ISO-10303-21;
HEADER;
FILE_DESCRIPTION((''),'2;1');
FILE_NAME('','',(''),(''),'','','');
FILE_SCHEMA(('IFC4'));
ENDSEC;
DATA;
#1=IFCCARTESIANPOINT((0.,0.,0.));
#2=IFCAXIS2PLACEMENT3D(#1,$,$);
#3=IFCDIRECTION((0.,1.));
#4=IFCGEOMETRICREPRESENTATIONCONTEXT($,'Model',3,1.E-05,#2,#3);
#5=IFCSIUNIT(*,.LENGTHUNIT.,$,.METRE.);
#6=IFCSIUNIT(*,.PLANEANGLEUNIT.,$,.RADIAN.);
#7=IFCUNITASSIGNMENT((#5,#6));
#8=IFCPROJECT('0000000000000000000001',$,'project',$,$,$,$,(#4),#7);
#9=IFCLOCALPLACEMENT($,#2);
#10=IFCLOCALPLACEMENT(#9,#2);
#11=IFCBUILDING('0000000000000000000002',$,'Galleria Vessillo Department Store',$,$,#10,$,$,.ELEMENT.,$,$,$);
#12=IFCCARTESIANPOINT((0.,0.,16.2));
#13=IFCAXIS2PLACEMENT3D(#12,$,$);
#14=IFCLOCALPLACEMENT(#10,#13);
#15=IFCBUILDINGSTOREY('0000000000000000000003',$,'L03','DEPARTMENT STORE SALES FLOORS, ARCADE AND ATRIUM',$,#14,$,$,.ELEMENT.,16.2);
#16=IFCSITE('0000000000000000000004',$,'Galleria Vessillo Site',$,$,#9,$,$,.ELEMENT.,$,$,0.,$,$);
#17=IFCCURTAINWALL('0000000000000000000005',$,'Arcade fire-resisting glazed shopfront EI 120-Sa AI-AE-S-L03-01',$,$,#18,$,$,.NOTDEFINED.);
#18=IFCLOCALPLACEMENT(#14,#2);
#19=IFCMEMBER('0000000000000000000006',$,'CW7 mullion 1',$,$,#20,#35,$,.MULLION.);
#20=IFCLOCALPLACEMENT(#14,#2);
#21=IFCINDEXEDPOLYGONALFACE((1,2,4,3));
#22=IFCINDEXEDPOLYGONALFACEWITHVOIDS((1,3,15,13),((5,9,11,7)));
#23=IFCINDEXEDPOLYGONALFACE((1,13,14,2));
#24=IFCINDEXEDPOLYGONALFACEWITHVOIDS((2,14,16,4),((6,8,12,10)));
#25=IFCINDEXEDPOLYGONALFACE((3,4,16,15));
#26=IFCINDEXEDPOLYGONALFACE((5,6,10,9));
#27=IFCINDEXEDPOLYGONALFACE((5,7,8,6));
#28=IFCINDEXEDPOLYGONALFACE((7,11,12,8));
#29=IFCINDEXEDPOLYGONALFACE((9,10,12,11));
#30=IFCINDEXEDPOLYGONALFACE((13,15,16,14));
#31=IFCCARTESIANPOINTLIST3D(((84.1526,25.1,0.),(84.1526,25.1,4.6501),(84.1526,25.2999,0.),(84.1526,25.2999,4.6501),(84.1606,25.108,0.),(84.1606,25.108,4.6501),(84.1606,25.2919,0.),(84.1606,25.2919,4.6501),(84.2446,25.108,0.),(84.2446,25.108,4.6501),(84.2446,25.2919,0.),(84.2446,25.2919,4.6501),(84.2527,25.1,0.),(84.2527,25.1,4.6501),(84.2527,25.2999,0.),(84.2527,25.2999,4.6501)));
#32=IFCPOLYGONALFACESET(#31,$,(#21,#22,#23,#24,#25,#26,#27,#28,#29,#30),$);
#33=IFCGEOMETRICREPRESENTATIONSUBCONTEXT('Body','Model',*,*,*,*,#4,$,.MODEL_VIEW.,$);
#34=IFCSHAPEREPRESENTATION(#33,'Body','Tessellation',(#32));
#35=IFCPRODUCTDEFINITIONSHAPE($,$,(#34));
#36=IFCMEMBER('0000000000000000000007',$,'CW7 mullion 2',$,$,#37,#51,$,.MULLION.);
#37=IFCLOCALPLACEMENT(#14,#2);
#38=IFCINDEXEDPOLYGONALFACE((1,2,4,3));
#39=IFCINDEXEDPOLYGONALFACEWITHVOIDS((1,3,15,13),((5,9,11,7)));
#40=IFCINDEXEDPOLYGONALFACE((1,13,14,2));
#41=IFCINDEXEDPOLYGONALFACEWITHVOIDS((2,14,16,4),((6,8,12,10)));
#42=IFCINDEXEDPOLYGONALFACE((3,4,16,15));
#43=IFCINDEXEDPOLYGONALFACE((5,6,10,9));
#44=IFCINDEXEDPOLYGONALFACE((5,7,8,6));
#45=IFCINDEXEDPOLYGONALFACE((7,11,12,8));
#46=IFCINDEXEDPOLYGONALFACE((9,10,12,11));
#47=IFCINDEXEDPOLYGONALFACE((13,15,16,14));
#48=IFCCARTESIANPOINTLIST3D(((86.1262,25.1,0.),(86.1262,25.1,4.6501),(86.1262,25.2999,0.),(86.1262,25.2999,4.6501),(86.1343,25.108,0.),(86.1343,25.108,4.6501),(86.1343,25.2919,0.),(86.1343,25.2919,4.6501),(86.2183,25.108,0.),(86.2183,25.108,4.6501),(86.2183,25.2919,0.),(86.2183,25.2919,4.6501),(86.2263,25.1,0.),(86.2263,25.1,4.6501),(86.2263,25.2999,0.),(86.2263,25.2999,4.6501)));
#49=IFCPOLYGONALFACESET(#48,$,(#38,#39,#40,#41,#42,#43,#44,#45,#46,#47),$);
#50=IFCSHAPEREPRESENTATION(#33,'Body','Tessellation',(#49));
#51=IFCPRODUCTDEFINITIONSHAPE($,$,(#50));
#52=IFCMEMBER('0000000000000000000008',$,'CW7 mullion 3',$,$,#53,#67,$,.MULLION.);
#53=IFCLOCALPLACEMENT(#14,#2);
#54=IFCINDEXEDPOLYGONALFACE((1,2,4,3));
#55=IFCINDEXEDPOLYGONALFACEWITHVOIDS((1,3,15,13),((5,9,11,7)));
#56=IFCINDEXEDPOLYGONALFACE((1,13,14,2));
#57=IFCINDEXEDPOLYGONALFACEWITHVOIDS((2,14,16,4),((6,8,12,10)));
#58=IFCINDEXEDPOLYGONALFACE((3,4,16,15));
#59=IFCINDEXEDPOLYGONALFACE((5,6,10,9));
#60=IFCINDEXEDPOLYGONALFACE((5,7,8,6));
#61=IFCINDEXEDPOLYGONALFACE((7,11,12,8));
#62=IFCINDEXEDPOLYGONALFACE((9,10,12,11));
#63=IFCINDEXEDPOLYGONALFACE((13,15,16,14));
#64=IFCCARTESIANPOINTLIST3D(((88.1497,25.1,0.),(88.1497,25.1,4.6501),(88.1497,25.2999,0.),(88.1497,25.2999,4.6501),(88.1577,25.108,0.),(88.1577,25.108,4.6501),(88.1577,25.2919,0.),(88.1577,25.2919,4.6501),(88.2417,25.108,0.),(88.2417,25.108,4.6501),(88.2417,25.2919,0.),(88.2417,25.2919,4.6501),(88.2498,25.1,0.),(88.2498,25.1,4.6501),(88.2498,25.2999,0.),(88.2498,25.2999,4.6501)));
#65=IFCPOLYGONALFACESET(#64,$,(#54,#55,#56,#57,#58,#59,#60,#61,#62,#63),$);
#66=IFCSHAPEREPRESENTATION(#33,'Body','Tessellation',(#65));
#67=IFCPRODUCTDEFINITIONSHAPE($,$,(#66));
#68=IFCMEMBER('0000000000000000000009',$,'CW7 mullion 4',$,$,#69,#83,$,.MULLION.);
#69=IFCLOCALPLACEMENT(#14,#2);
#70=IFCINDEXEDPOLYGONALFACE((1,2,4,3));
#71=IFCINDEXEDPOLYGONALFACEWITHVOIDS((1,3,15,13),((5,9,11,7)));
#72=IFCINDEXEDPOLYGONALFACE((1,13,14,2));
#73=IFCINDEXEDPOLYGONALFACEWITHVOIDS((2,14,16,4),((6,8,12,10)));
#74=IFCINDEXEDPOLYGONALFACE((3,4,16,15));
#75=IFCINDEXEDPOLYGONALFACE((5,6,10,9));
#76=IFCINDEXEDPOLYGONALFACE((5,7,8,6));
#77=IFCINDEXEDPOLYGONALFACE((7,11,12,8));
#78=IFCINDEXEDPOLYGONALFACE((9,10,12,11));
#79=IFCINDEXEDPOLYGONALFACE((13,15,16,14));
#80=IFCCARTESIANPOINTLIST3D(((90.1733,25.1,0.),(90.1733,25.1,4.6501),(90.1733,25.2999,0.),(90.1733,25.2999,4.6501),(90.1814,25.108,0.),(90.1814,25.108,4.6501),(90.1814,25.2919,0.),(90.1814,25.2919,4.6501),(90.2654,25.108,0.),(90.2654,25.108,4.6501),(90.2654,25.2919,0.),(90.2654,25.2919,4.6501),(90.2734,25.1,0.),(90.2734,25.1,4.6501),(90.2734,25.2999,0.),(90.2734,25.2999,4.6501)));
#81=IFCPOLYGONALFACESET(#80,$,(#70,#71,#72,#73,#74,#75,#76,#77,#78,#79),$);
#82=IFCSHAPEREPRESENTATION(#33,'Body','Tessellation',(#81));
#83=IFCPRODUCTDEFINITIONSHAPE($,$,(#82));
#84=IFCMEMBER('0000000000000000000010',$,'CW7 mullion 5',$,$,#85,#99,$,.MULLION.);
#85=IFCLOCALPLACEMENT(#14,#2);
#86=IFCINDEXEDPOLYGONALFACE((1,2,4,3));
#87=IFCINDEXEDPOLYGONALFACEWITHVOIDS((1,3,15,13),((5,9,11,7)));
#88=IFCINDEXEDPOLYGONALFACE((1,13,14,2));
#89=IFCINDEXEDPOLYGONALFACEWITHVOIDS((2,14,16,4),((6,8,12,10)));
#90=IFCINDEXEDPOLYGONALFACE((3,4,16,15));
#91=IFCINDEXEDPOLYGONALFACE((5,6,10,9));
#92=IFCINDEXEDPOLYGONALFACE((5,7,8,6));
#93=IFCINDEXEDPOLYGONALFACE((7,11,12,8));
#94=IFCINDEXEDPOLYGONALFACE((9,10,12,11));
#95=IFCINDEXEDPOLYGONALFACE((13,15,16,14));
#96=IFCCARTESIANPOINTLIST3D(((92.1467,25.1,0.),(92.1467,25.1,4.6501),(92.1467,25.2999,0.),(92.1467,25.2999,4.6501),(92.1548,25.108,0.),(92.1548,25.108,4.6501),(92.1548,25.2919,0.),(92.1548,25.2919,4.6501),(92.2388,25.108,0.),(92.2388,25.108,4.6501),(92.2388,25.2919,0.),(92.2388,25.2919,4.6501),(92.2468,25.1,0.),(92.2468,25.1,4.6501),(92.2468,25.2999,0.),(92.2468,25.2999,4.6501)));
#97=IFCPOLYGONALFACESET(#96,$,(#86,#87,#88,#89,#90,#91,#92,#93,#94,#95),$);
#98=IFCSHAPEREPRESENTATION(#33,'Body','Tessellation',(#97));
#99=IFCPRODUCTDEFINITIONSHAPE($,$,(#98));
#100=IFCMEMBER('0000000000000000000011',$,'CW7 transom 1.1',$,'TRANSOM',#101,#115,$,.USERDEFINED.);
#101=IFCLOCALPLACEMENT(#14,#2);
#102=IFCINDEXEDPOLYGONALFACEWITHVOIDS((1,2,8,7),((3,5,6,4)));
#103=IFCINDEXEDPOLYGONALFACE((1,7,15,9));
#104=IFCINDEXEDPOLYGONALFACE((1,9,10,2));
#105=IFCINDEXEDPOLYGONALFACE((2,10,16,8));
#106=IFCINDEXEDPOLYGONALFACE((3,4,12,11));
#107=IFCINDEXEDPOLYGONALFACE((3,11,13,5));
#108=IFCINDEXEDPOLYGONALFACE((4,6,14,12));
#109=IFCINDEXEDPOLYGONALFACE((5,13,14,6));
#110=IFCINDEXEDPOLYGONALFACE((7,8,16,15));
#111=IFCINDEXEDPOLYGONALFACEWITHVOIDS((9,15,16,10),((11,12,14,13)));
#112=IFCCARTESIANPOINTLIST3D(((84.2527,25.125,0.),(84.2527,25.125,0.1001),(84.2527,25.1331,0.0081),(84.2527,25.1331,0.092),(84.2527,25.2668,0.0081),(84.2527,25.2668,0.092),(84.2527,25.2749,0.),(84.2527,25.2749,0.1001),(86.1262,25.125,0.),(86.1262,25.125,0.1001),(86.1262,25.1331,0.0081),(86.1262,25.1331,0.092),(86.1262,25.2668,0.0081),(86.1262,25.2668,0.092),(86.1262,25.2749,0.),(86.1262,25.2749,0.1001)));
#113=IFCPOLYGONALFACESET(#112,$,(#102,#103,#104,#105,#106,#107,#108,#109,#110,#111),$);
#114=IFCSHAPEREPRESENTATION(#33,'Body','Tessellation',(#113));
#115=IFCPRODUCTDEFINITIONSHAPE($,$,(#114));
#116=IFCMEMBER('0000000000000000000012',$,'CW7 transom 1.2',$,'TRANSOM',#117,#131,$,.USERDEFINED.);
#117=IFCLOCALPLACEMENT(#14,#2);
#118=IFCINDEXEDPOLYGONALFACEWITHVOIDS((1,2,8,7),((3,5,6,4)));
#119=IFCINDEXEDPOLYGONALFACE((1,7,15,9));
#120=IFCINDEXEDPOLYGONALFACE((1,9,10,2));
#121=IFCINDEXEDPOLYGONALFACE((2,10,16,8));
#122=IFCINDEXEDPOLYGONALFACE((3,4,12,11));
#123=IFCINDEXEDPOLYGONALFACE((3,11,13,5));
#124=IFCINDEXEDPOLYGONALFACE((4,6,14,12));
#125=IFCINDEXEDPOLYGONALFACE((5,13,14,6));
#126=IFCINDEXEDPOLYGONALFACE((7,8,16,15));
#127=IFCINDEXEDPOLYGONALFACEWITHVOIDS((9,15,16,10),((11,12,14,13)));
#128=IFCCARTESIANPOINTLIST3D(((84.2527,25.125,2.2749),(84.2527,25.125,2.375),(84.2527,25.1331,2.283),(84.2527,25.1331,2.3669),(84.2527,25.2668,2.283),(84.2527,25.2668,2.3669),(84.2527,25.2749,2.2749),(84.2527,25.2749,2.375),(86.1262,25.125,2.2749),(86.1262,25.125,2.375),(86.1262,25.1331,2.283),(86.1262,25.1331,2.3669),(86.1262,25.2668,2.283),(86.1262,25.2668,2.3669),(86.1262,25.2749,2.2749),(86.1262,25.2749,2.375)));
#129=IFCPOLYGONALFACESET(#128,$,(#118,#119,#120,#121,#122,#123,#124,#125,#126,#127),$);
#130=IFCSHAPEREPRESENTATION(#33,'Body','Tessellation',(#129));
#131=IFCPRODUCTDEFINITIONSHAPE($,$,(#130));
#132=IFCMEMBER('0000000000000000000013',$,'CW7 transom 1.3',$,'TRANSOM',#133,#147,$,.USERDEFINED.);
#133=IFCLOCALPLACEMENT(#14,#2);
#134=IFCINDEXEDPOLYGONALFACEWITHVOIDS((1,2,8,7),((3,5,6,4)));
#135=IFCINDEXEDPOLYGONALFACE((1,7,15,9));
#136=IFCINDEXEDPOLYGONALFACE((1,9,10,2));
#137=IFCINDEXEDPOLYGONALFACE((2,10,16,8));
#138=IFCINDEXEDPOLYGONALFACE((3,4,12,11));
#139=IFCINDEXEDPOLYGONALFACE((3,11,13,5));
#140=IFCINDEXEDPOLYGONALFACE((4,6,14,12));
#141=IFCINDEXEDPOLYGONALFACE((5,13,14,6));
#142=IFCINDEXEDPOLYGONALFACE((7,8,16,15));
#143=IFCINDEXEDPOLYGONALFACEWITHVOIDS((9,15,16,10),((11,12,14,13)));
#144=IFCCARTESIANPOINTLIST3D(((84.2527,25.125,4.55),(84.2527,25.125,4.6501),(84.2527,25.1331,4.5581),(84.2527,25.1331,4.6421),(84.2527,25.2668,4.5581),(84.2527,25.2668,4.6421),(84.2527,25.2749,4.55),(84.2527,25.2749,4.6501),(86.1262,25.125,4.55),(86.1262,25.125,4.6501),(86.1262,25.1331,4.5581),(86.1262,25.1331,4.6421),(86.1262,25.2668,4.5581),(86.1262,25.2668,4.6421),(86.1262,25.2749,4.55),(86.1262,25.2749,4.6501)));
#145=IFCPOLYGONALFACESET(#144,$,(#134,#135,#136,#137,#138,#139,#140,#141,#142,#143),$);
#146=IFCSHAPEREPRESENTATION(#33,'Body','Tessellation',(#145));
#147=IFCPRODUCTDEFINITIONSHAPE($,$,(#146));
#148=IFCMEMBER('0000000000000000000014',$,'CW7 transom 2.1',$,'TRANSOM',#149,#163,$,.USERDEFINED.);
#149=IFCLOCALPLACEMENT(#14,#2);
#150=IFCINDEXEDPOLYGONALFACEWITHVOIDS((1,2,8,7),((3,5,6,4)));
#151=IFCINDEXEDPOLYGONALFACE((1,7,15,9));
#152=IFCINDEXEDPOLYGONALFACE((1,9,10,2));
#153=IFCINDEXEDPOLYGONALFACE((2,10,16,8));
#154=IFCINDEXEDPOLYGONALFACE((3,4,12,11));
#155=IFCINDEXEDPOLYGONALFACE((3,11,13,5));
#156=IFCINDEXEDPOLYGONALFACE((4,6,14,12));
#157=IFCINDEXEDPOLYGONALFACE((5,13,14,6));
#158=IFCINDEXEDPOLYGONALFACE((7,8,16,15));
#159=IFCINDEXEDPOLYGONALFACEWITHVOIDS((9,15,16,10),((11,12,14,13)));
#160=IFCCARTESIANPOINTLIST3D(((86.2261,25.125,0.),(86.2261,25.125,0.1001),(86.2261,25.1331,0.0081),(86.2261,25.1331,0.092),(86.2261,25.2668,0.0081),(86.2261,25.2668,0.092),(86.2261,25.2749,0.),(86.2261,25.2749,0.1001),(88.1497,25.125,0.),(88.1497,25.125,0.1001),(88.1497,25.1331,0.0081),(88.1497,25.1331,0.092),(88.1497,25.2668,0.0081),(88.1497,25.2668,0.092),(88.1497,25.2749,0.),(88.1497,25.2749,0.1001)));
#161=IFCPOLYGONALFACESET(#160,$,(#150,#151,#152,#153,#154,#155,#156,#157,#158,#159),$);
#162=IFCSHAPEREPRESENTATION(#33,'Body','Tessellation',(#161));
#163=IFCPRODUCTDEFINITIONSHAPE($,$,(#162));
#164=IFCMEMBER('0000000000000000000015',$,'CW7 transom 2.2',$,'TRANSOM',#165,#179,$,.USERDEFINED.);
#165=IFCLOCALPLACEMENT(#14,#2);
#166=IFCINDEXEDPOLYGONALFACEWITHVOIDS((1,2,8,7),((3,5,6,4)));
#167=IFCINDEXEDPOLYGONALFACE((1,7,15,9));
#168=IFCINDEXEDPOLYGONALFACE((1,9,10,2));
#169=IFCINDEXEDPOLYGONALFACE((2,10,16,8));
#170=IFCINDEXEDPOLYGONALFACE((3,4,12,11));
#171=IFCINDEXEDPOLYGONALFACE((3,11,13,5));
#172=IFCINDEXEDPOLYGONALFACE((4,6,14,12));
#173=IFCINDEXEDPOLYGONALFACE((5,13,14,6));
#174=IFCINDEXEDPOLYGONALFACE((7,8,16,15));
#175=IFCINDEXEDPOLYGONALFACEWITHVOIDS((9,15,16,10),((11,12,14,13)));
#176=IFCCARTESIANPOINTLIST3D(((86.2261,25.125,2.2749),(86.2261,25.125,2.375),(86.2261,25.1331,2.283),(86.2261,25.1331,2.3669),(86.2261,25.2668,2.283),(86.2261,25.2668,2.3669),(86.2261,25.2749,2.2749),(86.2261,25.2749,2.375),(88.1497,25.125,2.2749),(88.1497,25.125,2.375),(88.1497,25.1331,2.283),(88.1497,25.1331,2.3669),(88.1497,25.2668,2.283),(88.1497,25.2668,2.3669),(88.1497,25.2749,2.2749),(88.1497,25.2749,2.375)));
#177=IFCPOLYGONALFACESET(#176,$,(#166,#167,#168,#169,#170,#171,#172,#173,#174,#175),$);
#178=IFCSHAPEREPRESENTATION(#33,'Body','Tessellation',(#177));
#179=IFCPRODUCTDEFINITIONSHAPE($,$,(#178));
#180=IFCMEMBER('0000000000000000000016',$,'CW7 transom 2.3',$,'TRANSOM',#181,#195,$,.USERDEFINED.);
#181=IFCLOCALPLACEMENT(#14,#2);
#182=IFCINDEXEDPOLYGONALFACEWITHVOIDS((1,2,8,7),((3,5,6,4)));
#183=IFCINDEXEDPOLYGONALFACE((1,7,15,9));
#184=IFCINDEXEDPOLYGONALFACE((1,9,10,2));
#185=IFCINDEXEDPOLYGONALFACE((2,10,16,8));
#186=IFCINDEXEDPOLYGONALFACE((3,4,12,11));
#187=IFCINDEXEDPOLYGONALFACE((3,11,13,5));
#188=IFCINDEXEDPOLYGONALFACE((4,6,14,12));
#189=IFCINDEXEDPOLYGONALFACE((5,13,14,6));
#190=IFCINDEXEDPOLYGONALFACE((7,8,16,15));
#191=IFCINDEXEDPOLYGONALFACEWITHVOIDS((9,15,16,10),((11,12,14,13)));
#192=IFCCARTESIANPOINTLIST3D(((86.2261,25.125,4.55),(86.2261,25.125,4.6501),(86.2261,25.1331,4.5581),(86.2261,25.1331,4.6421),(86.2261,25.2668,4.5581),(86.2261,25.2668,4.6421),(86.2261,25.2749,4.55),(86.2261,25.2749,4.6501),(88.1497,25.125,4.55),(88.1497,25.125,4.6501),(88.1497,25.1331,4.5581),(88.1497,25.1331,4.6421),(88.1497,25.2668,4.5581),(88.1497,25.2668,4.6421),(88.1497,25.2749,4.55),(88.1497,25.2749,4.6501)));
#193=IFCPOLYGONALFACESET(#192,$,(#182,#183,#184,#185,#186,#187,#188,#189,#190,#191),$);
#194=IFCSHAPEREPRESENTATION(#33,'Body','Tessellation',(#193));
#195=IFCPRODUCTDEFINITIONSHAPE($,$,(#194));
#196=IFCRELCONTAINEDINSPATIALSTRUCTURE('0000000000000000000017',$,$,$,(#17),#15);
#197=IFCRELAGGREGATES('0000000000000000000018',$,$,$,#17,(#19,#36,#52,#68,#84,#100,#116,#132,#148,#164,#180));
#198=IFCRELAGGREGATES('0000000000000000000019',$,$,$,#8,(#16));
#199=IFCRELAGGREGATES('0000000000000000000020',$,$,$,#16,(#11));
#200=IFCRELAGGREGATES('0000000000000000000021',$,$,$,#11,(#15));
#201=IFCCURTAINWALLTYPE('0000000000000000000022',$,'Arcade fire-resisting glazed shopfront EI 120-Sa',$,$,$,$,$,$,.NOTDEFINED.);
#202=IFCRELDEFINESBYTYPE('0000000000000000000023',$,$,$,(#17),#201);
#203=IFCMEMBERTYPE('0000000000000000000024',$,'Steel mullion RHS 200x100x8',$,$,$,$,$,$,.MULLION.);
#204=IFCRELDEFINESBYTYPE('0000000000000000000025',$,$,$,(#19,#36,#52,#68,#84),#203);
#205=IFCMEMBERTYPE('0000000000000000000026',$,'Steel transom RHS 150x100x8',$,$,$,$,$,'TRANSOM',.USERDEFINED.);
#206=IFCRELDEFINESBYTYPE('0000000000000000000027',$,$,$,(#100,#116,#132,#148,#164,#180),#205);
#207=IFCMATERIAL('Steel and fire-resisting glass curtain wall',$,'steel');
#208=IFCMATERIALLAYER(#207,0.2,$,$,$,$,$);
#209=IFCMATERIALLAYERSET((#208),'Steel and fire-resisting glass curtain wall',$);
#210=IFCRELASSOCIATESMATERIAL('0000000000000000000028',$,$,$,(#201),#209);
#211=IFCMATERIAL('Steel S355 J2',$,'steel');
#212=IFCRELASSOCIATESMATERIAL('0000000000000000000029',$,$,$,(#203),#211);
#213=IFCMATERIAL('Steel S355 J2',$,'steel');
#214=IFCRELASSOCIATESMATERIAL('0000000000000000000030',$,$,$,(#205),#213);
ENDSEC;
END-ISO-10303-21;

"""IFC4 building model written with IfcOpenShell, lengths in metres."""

from ifc_helpers import new_model, si_unit, direction, frame, origin, origin_2d, place, context, subcontext, project, spatial, hollow_rectangle, extrude, material, layer, layer_set, material_profile, profile_set, type_object, element, aggregate, save


model = new_model("IFC4")

# Units and contexts
model_context = context("Model", 3, precision=1e-05, world=origin(), true_north=direction((0.0, 1.0)))
body_context = subcontext(model_context, "Body", "Model", "MODEL_VIEW")
ifc_project = project(units=[si_unit("LENGTHUNIT", "METRE"), si_unit("PLANEANGLEUNIT", "RADIAN")], contexts=[model_context])

# Site, building, storey
site_placement = place(None, origin())
site = spatial("IfcSite", under=ifc_project, at=site_placement, Name="Galleria Vessillo Site", CompositionType="ELEMENT", RefElevation=0.0)
building_placement = place(site_placement, origin())
building = spatial("IfcBuilding", under=site, at=building_placement, Name="Galleria Vessillo Department Store", CompositionType="ELEMENT")
storey_placement = place(building_placement, frame((0.0, 0.0, 16.2)))
storey = spatial("IfcBuildingStorey", under=building, at=storey_placement, Name="L03", Description="DEPARTMENT STORE SALES FLOORS, ARCADE AND ATRIUM", CompositionType="ELEMENT", Elevation=16.2)

# Curtain wall, members
ifc_material_1 = material(Name="Steel and fire-resisting glass curtain wall", Category="steel")
ifc_layer_1 = layer(ifc_material_1, 0.2)
ifc_layer_set_1 = layer_set([ifc_layer_1], Name="Steel and fire-resisting glass curtain wall")
curtain_wall_type = type_object("IfcCurtainWallType", Name="Arcade fire-resisting glazed shopfront EI 120-Sa", PredefinedType="NOTDEFINED", material=ifc_layer_set_1)
curtain_wall_placement = place(storey_placement, origin())
curtain_wall = element("IfcCurtainWall", 1, at=curtain_wall_placement, inside=storey, type_object=curtain_wall_type, Name="Arcade fire-resisting glazed shopfront EI 120-Sa AI-AE-S-L03-01", PredefinedType="NOTDEFINED")
ifc_material_2 = material(Name="Steel S355 J2", Category="steel")
ifc_material_profile_1 = material_profile(ifc_material_2, hollow_rectangle(XDim=0.2, YDim=0.1001, WallThickness=0.0081, at=origin_2d()), Name="RHS 200x100x8")
ifc_profile_set_1 = profile_set([ifc_material_profile_1], Name="Steel S355 J2")
member_type_1 = type_object("IfcMemberType", Name="Steel mullion RHS 200x100x8", PredefinedType="MULLION", material=ifc_profile_set_1)
member_1_placement = place(storey_placement, frame((84.2026, 25.2, 0.0), z_axis=(0.0, 0.0, 1.0), x_axis=(0.0, 1.0, 0.0)))
member_1 = element("IfcMember", 2, at=member_1_placement, type_object=member_type_1, Name="CW7 mullion 1", PredefinedType="MULLION", context=body_context, shape_type="SweptSolid", body=[
    extrude(hollow_rectangle(XDim=0.2, YDim=0.1001, WallThickness=0.0081, at=origin_2d()), origin(), (0.0, 0.0, 1.0), 4.6501),
])
member_2_placement = place(storey_placement, frame((86.1763, 25.2, 0.0), z_axis=(0.0, 0.0, 1.0), x_axis=(0.0, 1.0, 0.0)))
member_2 = element("IfcMember", 3, at=member_2_placement, type_object=member_type_1, Name="CW7 mullion 2", PredefinedType="MULLION", context=body_context, shape_type="SweptSolid", body=[
    extrude(hollow_rectangle(XDim=0.2, YDim=0.1001, WallThickness=0.0081, at=origin_2d()), origin(), (0.0, 0.0, 1.0), 4.6501),
])
member_3_placement = place(storey_placement, frame((88.1997, 25.2, 0.0), z_axis=(0.0, 0.0, 1.0), x_axis=(0.0, 1.0, 0.0)))
member_3 = element("IfcMember", 4, at=member_3_placement, type_object=member_type_1, Name="CW7 mullion 3", PredefinedType="MULLION", context=body_context, shape_type="SweptSolid", body=[
    extrude(hollow_rectangle(XDim=0.2, YDim=0.1001, WallThickness=0.0081, at=origin_2d()), origin(), (0.0, 0.0, 1.0), 4.6501),
])
member_4_placement = place(storey_placement, frame((90.2234, 25.2, 0.0), z_axis=(0.0, 0.0, 1.0), x_axis=(0.0, 1.0, 0.0)))
member_4 = element("IfcMember", 5, at=member_4_placement, type_object=member_type_1, Name="CW7 mullion 4", PredefinedType="MULLION", context=body_context, shape_type="SweptSolid", body=[
    extrude(hollow_rectangle(XDim=0.2, YDim=0.1001, WallThickness=0.0081, at=origin_2d()), origin(), (0.0, 0.0, 1.0), 4.6501),
])
member_5_placement = place(storey_placement, frame((92.1968, 25.2, 0.0), z_axis=(0.0, 0.0, 1.0), x_axis=(0.0, 1.0, 0.0)))
member_5 = element("IfcMember", 6, at=member_5_placement, type_object=member_type_1, Name="CW7 mullion 5", PredefinedType="MULLION", context=body_context, shape_type="SweptSolid", body=[
    extrude(hollow_rectangle(XDim=0.2, YDim=0.1001, WallThickness=0.0081, at=origin_2d()), origin(), (0.0, 0.0, 1.0), 4.6501),
])
ifc_material_3 = material(Name="Steel S355 J2", Category="steel")
ifc_material_profile_2 = material_profile(ifc_material_3, hollow_rectangle(XDim=0.1499, YDim=0.1001, WallThickness=0.0081, at=origin_2d()), Name="RHS 150x100x8")
ifc_profile_set_2 = profile_set([ifc_material_profile_2], Name="Steel S355 J2")
member_type_2 = type_object("IfcMemberType", Name="Steel transom RHS 150x100x8", ElementType="TRANSOM", PredefinedType="USERDEFINED", material=ifc_profile_set_2)
member_6_placement = place(storey_placement, frame((84.2527, 25.2, 0.05), z_axis=(1.0, 0.0, 0.0), x_axis=(0.0, 1.0, 0.0)))
member_6 = element("IfcMember", 7, at=member_6_placement, type_object=member_type_2, Name="CW7 transom 1.1", ObjectType="TRANSOM", PredefinedType="USERDEFINED", context=body_context, shape_type="SweptSolid", body=[
    extrude(hollow_rectangle(XDim=0.1499, YDim=0.1001, WallThickness=0.0081, at=origin_2d()), origin(), (0.0, 0.0, 1.0), 1.8735),
])
member_7_placement = place(storey_placement, frame((84.2527, 25.2, 2.325), z_axis=(1.0, 0.0, 0.0), x_axis=(0.0, 1.0, 0.0)))
member_7 = element("IfcMember", 8, at=member_7_placement, type_object=member_type_2, Name="CW7 transom 1.2", ObjectType="TRANSOM", PredefinedType="USERDEFINED", context=body_context, shape_type="SweptSolid", body=[
    extrude(hollow_rectangle(XDim=0.1499, YDim=0.1001, WallThickness=0.0081, at=origin_2d()), origin(), (0.0, 0.0, 1.0), 1.8735),
])
member_8_placement = place(storey_placement, frame((84.2527, 25.2, 4.6001), z_axis=(1.0, 0.0, 0.0), x_axis=(0.0, 1.0, 0.0)))
member_8 = element("IfcMember", 9, at=member_8_placement, type_object=member_type_2, Name="CW7 transom 1.3", ObjectType="TRANSOM", PredefinedType="USERDEFINED", context=body_context, shape_type="SweptSolid", body=[
    extrude(hollow_rectangle(XDim=0.1499, YDim=0.1001, WallThickness=0.0081, at=origin_2d()), origin(), (0.0, 0.0, 1.0), 1.8735),
])
member_9_placement = place(storey_placement, frame((86.2261, 25.2, 0.05), z_axis=(1.0, 0.0, 0.0), x_axis=(0.0, 1.0, 0.0)))
member_9 = element("IfcMember", 10, at=member_9_placement, type_object=member_type_2, Name="CW7 transom 2.1", ObjectType="TRANSOM", PredefinedType="USERDEFINED", context=body_context, shape_type="SweptSolid", body=[
    extrude(hollow_rectangle(XDim=0.1499, YDim=0.1001, WallThickness=0.0081, at=origin_2d()), origin(), (0.0, 0.0, 1.0), 1.9236),
])
member_10_placement = place(storey_placement, frame((86.2261, 25.2, 2.325), z_axis=(1.0, 0.0, 0.0), x_axis=(0.0, 1.0, 0.0)))
member_10 = element("IfcMember", 11, at=member_10_placement, type_object=member_type_2, Name="CW7 transom 2.2", ObjectType="TRANSOM", PredefinedType="USERDEFINED", context=body_context, shape_type="SweptSolid", body=[
    extrude(hollow_rectangle(XDim=0.1499, YDim=0.1001, WallThickness=0.0081, at=origin_2d()), origin(), (0.0, 0.0, 1.0), 1.9236),
])
member_11_placement = place(storey_placement, frame((86.2261, 25.2, 4.6001), z_axis=(1.0, 0.0, 0.0), x_axis=(0.0, 1.0, 0.0)))
member_11 = element("IfcMember", 12, at=member_11_placement, type_object=member_type_2, Name="CW7 transom 2.3", ObjectType="TRANSOM", PredefinedType="USERDEFINED", context=body_context, shape_type="SweptSolid", body=[
    extrude(hollow_rectangle(XDim=0.1499, YDim=0.1001, WallThickness=0.0081, at=origin_2d()), origin(), (0.0, 0.0, 1.0), 1.9236),
])

aggregate(curtain_wall, [member_1, member_2, member_3, member_4, member_5, member_6, member_7, member_8, member_9, member_10, member_11])

save(model, "model.ifc")
